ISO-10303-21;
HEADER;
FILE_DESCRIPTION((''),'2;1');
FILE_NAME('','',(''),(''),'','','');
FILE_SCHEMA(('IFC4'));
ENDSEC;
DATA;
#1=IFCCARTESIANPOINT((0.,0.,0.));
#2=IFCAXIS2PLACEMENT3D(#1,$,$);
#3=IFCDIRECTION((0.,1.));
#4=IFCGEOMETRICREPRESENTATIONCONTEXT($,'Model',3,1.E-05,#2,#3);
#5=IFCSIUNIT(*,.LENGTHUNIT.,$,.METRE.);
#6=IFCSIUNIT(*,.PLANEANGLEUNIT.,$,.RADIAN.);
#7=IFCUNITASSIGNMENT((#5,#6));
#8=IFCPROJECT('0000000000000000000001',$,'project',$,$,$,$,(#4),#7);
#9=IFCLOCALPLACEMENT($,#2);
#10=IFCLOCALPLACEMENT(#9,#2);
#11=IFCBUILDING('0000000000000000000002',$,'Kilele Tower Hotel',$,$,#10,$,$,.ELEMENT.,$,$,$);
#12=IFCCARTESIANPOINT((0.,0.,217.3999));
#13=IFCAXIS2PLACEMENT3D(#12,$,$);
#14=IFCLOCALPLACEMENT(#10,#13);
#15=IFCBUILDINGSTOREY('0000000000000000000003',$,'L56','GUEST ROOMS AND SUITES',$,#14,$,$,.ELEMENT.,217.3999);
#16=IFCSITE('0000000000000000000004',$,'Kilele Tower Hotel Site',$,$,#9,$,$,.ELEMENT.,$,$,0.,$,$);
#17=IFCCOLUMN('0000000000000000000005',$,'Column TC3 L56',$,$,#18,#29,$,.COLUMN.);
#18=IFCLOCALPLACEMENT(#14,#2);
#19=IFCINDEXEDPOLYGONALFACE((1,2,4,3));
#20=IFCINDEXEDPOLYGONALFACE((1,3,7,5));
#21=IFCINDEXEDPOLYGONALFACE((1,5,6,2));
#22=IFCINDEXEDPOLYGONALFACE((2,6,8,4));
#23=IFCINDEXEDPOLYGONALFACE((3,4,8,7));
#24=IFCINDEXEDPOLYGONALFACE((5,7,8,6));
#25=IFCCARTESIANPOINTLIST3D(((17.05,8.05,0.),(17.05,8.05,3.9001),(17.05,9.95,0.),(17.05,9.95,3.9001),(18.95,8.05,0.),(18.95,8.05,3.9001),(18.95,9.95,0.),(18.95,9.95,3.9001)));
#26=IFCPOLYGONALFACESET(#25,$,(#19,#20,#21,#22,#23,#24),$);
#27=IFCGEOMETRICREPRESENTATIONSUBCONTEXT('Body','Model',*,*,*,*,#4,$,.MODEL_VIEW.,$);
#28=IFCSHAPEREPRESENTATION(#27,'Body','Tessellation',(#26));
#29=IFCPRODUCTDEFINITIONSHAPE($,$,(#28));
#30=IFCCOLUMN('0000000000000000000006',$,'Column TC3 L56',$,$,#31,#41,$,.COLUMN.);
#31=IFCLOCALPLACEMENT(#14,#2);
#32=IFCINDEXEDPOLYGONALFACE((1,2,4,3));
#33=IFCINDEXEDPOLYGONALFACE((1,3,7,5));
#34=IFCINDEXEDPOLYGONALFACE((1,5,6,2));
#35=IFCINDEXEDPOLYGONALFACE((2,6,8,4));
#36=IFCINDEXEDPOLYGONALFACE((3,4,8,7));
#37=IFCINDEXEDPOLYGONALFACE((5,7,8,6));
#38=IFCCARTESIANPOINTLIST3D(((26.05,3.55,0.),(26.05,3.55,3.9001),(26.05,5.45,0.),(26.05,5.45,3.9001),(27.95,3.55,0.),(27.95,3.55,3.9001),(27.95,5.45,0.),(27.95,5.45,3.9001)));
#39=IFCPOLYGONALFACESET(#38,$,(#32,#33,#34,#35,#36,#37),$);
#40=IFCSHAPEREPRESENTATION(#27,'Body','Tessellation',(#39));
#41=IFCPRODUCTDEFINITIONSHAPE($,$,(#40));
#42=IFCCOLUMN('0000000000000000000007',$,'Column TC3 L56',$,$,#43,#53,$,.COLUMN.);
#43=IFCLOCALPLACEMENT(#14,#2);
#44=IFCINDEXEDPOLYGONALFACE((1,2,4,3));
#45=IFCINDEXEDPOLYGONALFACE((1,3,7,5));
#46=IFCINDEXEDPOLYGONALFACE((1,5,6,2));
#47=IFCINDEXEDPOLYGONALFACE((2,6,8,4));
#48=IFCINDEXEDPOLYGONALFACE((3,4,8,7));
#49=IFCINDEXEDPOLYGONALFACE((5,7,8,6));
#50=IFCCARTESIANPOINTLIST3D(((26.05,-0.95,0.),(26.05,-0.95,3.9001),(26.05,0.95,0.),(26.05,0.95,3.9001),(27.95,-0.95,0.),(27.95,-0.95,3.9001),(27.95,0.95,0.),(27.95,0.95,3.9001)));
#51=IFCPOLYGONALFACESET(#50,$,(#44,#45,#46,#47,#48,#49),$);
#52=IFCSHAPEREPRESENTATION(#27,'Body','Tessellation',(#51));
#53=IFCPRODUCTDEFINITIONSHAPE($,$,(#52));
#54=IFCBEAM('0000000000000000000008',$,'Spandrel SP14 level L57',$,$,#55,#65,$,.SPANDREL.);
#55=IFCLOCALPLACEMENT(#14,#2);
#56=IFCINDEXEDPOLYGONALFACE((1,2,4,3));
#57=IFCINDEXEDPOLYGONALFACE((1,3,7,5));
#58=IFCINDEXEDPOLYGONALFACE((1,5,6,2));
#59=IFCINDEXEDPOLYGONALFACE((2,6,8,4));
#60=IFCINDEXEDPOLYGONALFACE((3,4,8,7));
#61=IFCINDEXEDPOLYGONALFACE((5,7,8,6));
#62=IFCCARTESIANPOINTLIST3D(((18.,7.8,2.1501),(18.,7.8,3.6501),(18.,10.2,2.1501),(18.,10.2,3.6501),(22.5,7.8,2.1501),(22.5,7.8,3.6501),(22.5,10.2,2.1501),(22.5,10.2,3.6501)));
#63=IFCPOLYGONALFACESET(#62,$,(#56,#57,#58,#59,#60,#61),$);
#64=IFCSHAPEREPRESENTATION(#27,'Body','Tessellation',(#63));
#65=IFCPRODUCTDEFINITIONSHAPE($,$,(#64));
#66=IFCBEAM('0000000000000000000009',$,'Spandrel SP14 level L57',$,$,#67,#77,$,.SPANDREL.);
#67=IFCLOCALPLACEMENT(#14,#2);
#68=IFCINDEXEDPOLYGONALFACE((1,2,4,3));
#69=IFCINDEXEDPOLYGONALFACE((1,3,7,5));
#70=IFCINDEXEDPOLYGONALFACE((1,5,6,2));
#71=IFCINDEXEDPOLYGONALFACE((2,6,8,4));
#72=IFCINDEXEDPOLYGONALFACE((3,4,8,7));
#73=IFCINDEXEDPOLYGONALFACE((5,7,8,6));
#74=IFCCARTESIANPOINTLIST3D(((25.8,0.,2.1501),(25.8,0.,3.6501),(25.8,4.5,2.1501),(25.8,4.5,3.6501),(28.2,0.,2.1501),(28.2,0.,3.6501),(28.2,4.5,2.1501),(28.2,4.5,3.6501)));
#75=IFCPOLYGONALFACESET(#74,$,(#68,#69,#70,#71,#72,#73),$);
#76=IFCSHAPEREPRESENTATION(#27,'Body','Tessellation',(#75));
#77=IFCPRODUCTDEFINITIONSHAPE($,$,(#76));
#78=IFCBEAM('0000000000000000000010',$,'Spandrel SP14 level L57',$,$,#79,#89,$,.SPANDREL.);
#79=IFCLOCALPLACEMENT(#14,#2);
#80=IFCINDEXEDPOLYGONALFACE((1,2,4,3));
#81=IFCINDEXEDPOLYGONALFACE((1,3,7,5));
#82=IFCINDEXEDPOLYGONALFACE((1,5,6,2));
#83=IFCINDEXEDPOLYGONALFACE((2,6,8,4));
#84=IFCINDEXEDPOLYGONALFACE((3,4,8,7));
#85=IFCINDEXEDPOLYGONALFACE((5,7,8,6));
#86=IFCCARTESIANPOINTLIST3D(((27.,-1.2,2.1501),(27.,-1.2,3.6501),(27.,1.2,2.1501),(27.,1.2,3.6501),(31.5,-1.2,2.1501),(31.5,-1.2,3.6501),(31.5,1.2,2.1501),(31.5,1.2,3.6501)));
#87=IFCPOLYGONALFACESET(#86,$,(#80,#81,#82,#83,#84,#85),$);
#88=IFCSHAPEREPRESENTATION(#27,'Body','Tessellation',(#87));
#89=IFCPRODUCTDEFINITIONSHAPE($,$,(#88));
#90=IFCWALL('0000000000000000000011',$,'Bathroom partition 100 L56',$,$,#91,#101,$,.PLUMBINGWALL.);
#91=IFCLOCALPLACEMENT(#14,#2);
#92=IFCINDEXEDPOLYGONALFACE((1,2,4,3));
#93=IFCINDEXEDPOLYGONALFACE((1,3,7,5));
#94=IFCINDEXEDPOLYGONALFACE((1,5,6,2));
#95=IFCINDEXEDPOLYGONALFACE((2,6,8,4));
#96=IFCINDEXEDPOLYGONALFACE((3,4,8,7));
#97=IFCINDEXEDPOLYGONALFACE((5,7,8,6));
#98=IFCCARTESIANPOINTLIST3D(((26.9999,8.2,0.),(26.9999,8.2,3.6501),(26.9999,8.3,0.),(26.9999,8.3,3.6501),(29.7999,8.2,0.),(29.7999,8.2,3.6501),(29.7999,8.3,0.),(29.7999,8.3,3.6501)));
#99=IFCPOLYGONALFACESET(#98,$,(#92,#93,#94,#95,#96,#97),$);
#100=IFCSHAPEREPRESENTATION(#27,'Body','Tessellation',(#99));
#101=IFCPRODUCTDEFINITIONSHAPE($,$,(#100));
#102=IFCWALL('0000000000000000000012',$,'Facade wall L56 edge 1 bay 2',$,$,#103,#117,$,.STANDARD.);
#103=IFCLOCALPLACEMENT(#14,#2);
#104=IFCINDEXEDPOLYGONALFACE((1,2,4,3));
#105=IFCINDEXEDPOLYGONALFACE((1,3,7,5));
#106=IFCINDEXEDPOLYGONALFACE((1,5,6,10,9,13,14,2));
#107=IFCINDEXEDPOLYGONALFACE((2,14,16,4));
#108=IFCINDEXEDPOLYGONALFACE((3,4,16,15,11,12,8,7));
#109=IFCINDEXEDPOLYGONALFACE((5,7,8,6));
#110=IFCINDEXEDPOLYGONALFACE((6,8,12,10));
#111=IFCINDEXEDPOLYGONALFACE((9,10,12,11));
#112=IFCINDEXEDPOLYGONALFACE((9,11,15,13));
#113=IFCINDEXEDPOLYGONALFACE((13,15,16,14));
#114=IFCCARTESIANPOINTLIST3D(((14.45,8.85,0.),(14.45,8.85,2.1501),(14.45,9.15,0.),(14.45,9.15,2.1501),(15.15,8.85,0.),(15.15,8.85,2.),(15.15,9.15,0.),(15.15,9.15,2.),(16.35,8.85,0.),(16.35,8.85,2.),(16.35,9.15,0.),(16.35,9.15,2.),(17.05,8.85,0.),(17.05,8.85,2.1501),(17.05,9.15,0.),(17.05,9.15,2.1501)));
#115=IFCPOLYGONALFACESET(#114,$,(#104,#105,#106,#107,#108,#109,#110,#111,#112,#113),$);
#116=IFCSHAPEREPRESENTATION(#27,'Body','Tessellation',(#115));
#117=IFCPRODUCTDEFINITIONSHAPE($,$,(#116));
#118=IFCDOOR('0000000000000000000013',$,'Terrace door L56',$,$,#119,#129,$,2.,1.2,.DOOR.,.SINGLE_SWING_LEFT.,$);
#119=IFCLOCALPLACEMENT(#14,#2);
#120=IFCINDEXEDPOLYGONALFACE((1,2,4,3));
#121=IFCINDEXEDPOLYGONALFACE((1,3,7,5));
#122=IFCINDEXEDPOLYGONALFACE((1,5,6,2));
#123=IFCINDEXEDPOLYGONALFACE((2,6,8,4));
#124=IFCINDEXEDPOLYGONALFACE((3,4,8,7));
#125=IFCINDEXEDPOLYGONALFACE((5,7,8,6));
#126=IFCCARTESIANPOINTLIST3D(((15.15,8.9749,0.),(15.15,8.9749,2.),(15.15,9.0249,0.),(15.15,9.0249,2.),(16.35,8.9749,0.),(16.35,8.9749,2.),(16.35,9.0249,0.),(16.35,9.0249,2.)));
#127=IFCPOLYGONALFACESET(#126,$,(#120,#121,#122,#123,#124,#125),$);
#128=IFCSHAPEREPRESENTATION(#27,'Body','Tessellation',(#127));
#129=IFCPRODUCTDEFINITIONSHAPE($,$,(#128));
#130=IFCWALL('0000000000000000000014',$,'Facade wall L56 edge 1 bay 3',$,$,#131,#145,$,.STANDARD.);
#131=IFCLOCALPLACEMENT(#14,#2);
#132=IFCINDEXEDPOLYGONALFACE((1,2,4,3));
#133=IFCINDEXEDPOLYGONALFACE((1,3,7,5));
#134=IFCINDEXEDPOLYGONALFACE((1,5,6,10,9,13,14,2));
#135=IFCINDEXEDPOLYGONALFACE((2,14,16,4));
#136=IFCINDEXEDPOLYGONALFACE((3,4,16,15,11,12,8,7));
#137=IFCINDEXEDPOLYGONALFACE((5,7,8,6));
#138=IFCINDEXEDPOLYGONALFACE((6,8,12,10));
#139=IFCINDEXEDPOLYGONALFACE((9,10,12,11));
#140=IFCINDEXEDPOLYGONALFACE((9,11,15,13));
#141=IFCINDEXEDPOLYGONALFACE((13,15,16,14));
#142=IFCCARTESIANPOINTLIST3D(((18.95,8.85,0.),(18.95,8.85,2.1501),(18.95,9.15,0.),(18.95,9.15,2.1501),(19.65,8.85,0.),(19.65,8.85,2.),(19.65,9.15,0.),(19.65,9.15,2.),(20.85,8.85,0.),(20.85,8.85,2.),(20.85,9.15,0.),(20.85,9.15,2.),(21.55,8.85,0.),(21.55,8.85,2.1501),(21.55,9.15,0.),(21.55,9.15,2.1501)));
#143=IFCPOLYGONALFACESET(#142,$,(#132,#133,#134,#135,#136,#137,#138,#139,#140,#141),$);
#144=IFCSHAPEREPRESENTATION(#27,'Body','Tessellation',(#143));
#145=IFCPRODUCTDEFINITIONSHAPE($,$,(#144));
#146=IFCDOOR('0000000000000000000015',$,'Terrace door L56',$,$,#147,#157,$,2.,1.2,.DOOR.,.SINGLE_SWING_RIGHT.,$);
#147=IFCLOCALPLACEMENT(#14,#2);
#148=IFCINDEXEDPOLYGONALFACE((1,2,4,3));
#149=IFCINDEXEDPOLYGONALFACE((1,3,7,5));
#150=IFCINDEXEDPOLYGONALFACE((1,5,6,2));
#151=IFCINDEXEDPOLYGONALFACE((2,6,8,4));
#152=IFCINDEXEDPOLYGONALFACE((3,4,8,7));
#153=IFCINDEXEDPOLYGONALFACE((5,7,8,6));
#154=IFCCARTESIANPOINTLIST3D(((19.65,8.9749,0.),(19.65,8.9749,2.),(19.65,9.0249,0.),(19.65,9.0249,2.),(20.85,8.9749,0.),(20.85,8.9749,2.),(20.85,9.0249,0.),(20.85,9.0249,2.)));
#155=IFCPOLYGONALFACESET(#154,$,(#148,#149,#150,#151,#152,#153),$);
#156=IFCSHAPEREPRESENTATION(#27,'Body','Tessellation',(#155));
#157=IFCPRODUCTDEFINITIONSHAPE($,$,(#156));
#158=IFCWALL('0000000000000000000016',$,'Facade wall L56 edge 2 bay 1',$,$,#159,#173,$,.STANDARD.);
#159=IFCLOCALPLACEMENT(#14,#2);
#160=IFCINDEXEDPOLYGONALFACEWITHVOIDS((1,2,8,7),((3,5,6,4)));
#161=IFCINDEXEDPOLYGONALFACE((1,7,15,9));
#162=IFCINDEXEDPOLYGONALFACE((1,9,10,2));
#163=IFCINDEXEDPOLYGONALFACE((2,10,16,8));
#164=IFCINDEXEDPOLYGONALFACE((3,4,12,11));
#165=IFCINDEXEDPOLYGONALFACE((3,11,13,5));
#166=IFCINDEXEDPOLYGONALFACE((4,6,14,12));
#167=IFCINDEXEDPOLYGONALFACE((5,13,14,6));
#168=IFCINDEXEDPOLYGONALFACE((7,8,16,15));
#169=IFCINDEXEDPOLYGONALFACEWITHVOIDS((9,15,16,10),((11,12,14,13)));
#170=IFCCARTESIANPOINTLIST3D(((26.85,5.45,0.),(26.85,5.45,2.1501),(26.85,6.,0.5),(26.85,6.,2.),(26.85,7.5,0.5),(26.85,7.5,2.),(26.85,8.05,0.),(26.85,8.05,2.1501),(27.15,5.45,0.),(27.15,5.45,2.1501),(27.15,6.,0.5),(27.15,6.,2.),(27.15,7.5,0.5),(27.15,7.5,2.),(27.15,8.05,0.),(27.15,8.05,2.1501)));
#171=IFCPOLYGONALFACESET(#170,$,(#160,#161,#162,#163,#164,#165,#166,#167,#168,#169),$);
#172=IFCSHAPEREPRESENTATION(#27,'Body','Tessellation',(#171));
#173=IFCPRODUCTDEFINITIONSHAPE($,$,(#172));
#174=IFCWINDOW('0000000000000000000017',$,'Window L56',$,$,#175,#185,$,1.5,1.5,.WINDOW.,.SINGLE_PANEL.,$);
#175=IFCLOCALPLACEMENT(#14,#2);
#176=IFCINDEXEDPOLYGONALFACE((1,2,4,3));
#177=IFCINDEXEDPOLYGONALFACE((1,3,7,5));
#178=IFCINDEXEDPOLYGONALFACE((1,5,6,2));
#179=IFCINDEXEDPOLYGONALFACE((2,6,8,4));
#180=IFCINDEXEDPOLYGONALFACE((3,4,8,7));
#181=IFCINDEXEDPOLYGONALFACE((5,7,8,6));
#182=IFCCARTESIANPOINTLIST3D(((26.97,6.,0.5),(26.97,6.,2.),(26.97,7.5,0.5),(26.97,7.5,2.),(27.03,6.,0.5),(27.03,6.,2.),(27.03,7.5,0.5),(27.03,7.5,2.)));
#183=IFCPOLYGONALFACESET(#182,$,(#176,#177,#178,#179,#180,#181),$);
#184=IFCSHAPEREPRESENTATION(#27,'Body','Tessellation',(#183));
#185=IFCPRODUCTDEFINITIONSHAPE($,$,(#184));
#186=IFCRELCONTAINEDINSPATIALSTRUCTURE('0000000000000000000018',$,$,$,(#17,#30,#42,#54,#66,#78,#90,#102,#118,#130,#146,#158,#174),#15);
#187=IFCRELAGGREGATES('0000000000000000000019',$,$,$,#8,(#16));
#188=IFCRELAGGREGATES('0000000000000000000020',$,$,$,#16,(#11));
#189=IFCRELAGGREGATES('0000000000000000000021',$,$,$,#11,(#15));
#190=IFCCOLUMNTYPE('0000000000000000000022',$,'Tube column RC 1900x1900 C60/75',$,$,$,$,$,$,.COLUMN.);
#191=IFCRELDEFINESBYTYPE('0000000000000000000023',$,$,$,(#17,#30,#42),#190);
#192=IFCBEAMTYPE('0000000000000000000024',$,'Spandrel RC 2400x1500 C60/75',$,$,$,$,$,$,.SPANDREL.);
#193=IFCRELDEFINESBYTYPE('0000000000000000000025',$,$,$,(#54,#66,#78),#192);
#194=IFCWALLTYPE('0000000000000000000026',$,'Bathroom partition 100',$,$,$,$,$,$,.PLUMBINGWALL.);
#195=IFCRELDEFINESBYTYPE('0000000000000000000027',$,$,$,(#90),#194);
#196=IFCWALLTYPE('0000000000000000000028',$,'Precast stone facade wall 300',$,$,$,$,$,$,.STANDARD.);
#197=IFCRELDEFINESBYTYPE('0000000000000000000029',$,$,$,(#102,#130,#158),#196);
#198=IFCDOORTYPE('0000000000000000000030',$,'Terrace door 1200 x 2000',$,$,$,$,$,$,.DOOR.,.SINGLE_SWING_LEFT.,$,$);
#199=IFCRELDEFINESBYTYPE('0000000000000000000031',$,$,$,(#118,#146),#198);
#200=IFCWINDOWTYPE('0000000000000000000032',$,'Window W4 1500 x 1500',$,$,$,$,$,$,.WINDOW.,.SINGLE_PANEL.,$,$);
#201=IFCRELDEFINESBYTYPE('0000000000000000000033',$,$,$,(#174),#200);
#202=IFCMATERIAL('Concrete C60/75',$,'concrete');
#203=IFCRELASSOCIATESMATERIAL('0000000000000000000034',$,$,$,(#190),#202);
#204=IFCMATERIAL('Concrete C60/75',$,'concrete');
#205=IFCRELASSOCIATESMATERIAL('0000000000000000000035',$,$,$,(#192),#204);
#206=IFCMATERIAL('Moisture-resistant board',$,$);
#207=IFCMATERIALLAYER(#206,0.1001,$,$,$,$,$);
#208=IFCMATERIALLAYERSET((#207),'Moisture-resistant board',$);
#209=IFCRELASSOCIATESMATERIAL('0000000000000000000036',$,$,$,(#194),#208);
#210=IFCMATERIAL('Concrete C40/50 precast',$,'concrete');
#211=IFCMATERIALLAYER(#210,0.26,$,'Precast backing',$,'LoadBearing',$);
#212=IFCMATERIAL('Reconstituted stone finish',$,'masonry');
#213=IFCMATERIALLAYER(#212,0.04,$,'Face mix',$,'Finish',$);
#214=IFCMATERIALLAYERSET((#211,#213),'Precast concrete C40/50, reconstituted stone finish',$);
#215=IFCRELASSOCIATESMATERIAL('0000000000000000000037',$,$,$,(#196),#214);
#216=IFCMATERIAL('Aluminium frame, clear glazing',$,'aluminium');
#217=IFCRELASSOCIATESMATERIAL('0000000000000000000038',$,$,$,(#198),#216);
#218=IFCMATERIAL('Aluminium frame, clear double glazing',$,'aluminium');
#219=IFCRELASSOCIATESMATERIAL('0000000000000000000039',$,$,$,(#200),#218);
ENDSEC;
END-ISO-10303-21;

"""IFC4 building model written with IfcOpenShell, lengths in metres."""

from ifc_helpers import new_model, si_unit, direction, frame, frame_2d, origin, origin_2d, place, context, subcontext, project, spatial, rectangle, extrude, material, layer, layer_set, material_profile, profile_set, type_object, element, fill, save


model = new_model("IFC4")

# Units and contexts
model_context = context("Model", 3, precision=1e-05, world=origin(), true_north=direction((0.0, 1.0)))
body_context = subcontext(model_context, "Body", "Model", "MODEL_VIEW")
ifc_project = project(units=[si_unit("LENGTHUNIT", "METRE"), si_unit("PLANEANGLEUNIT", "RADIAN")], contexts=[model_context])

# Site, building, storey
site_placement = place(None, origin())
site = spatial("IfcSite", under=ifc_project, at=site_placement, Name="Kilele Tower Hotel Site", CompositionType="ELEMENT", RefElevation=0.0)
building_placement = place(site_placement, origin())
building = spatial("IfcBuilding", under=site, at=building_placement, Name="Kilele Tower Hotel", CompositionType="ELEMENT")
storey_placement = place(building_placement, frame((0.0, 0.0, 217.3999)))
storey = spatial("IfcBuildingStorey", under=building, at=storey_placement, Name="L56", Description="GUEST ROOMS AND SUITES", CompositionType="ELEMENT", Elevation=217.3999)

# Columns
ifc_material_1 = material(Name="Concrete C60/75", Category="concrete")
ifc_material_profile_1 = material_profile(ifc_material_1, rectangle(XDim=1.8999, YDim=1.8999, at=origin_2d()))
ifc_profile_set_1 = profile_set([ifc_material_profile_1], Name="Concrete C60/75")
column_type = type_object("IfcColumnType", Name="Tube column RC 1900x1900 C60/75", PredefinedType="COLUMN", material=ifc_profile_set_1)
for number, where, z_axis, x_axis, name in (
    (1, (18.0, 9.0, 0.0), (0.0, 0.0, 1.0), (1.0, 0.0, 0.0), "Column TC3 L56"),
    (2, (27.0, 4.5, 0.0), (0.0, 0.0, 1.0), (1.0, 0.0, 0.0), "Column TC3 L56"),
    (3, (27.0, 0.0, 0.0), (0.0, 0.0, 1.0), (1.0, 0.0, 0.0), "Column TC3 L56"),
):
    element("IfcColumn", number, at=place(storey_placement, frame(where, z_axis=z_axis, x_axis=x_axis)), inside=storey, type_object=column_type, Name=name, PredefinedType="COLUMN", context=body_context, shape_type="SweptSolid", body=[
        extrude(rectangle(XDim=1.8999, YDim=1.8999, at=origin_2d()), origin(), (0.0, 0.0, 1.0), 3.9001),
    ])

# Beams
ifc_material_2 = material(Name="Concrete C60/75", Category="concrete")
ifc_material_profile_2 = material_profile(ifc_material_2, rectangle(XDim=2.3999, YDim=1.5, at=origin_2d()))
ifc_profile_set_2 = profile_set([ifc_material_profile_2], Name="Concrete C60/75")
beam_type = type_object("IfcBeamType", Name="Spandrel RC 2400x1500 C60/75", PredefinedType="SPANDREL", material=ifc_profile_set_2)
for number, where, z_axis, x_axis, name in (
    (4, (18.0, 9.0, 2.9001), (1.0, 0.0, 0.0), (0.0, 1.0, 0.0), "Spandrel SP14 level L57"),
    (5, (27.0, 4.5, 2.9001), (0.0, -1.0, 0.0), (1.0, 0.0, 0.0), "Spandrel SP14 level L57"),
    (6, (27.0, 0.0, 2.9001), (1.0, 0.0, 0.0), (0.0, 1.0, 0.0), "Spandrel SP14 level L57"),
):
    element("IfcBeam", number, at=place(storey_placement, frame(where, z_axis=z_axis, x_axis=x_axis)), inside=storey, type_object=beam_type, Name=name, PredefinedType="SPANDREL", context=body_context, shape_type="SweptSolid", body=[
        extrude(rectangle(XDim=2.3999, YDim=1.5, at=origin_2d()), origin(), (0.0, 0.0, 1.0), 4.5),
    ])

# Wall
ifc_material_3 = material(Name="Moisture-resistant board")
ifc_layer_1 = layer(ifc_material_3, 0.1001)
ifc_layer_set_1 = layer_set([ifc_layer_1], Name="Moisture-resistant board")
wall_type_1 = type_object("IfcWallType", Name="Bathroom partition 100", PredefinedType="PLUMBINGWALL", material=ifc_layer_set_1)
wall_1_placement = place(storey_placement, frame((27.0, 8.25, 0.0), z_axis=(0.0, 0.0, 1.0), x_axis=(1.0, 0.0, 0.0)))
element("IfcWall", 7, at=wall_1_placement, inside=storey, type_object=wall_type_1, Name="Bathroom partition 100 L56", PredefinedType="PLUMBINGWALL", context=body_context, shape_type="SweptSolid", body=[
    extrude(rectangle(XDim=2.8, YDim=0.1001, at=frame_2d((1.3999, 0.0))), origin(), (0.0, 0.0, 1.0), 3.6501),
])

# Walls, openings, doors
ifc_material_4 = material(Name="Concrete C40/50 precast", Category="concrete")
ifc_layer_2 = layer(ifc_material_4, 0.26, Name="Precast backing", Category="LoadBearing")
ifc_material_5 = material(Name="Reconstituted stone finish", Category="masonry")
ifc_layer_3 = layer(ifc_material_5, 0.04, Name="Face mix", Category="Finish")
ifc_layer_set_2 = layer_set([ifc_layer_2, ifc_layer_3], Name="Precast concrete C40/50, reconstituted stone finish")
wall_type_2 = type_object("IfcWallType", Name="Precast stone facade wall 300", PredefinedType="STANDARD", material=ifc_layer_set_2)
wall_2_placement = place(storey_placement, frame((14.45, 9.0, 0.0), z_axis=(0.0, 0.0, 1.0), x_axis=(1.0, 0.0, 0.0)))
wall_2 = element("IfcWall", 8, at=wall_2_placement, inside=storey, type_object=wall_type_2, Name="Facade wall L56 edge 1 bay 2", PredefinedType="STANDARD", context=body_context, shape_type="SweptSolid", body=[
    extrude(rectangle(XDim=2.6001, YDim=0.3, at=frame_2d((1.3, 0.0))), origin(), (0.0, 0.0, 1.0), 2.1501),
])
opening_1_placement = place(wall_2_placement, frame((0.7, 0.0, 0.0)))
opening_1 = element("IfcOpeningElement", 9, at=opening_1_placement, cuts=wall_2, PredefinedType="OPENING", context=body_context, shape_type="SweptSolid", body=[
    extrude(rectangle(XDim=1.2, YDim=2.0, at=frame_2d((0.6001, 1.0))), frame((0.0, 0.1599, 0.0), z_axis=(0.0, -1.0, 0.0), x_axis=(1.0, 0.0, 0.0)), (0.0, 0.0, 1.0), 0.3201),
])
ifc_material_6 = material(Name="Aluminium frame, clear glazing", Category="aluminium")
door_type = type_object("IfcDoorType", Name="Terrace door 1200 x 2000", OperationType="SINGLE_SWING_LEFT", PredefinedType="DOOR", material=ifc_material_6)
door_1_placement = place(opening_1_placement, origin())
door_1 = element("IfcDoor", 10, at=door_1_placement, inside=storey, type_object=door_type, Name="Terrace door L56", OperationType="SINGLE_SWING_LEFT", OverallHeight=2.0, OverallWidth=1.2, PredefinedType="DOOR", context=body_context, shape_type="SweptSolid", body=[
    extrude(rectangle(XDim=1.2, YDim=2.0, at=frame_2d((0.6001, 1.0))), frame((0.0, 0.0249, 0.0), z_axis=(0.0, -1.0, 0.0), x_axis=(1.0, 0.0, 0.0)), (0.0, 0.0, 1.0), 0.05),
])
fill(opening_1, door_1)
wall_3_placement = place(storey_placement, frame((18.95, 9.0, 0.0), z_axis=(0.0, 0.0, 1.0), x_axis=(1.0, 0.0, 0.0)))
wall_3 = element("IfcWall", 11, at=wall_3_placement, inside=storey, type_object=wall_type_2, Name="Facade wall L56 edge 1 bay 3", PredefinedType="STANDARD", context=body_context, shape_type="SweptSolid", body=[
    extrude(rectangle(XDim=2.6001, YDim=0.3, at=frame_2d((1.3, 0.0))), origin(), (0.0, 0.0, 1.0), 2.1501),
])
opening_2_placement = place(wall_3_placement, frame((0.7, 0.0, 0.0)))
opening_2 = element("IfcOpeningElement", 12, at=opening_2_placement, cuts=wall_3, PredefinedType="OPENING", context=body_context, shape_type="SweptSolid", body=[
    extrude(rectangle(XDim=1.2, YDim=2.0, at=frame_2d((0.6001, 1.0))), frame((0.0, 0.1599, 0.0), z_axis=(0.0, -1.0, 0.0), x_axis=(1.0, 0.0, 0.0)), (0.0, 0.0, 1.0), 0.3201),
])
door_2_placement = place(opening_2_placement, origin())
door_2 = element("IfcDoor", 13, at=door_2_placement, inside=storey, type_object=door_type, Name="Terrace door L56", OperationType="SINGLE_SWING_RIGHT", OverallHeight=2.0, OverallWidth=1.2, PredefinedType="DOOR", context=body_context, shape_type="SweptSolid", body=[
    extrude(rectangle(XDim=1.2, YDim=2.0, at=frame_2d((0.6001, 1.0))), frame((0.0, 0.0249, 0.0), z_axis=(0.0, -1.0, 0.0), x_axis=(1.0, 0.0, 0.0)), (0.0, 0.0, 1.0), 0.05),
])
fill(opening_2, door_2)

# Wall, opening, window
wall_4_placement = place(storey_placement, frame((27.0, 8.05, 0.0), z_axis=(0.0, 0.0, 1.0), x_axis=(0.0, -1.0, 0.0)))
wall_4 = element("IfcWall", 14, at=wall_4_placement, inside=storey, type_object=wall_type_2, Name="Facade wall L56 edge 2 bay 1", PredefinedType="STANDARD", context=body_context, shape_type="SweptSolid", body=[
    extrude(rectangle(XDim=2.6001, YDim=0.3, at=frame_2d((1.3, 0.0))), origin(), (0.0, 0.0, 1.0), 2.1501),
])
opening_3_placement = place(wall_4_placement, frame((0.55, 0.0, 0.5)))
opening_3 = element("IfcOpeningElement", 15, at=opening_3_placement, cuts=wall_4, PredefinedType="OPENING", context=body_context, shape_type="SweptSolid", body=[
    extrude(rectangle(XDim=1.5, YDim=1.5, at=frame_2d((0.75, 0.75))), frame((0.0, 0.1599, 0.0), z_axis=(0.0, -1.0, 0.0), x_axis=(1.0, 0.0, 0.0)), (0.0, 0.0, 1.0), 0.3201),
])
ifc_material_7 = material(Name="Aluminium frame, clear double glazing", Category="aluminium")
window_type = type_object("IfcWindowType", Name="Window W4 1500 x 1500", PartitioningType="SINGLE_PANEL", PredefinedType="WINDOW", material=ifc_material_7)
window_1_placement = place(opening_3_placement, origin())
window_1 = element("IfcWindow", 16, at=window_1_placement, inside=storey, type_object=window_type, Name="Window L56", OverallHeight=1.5, OverallWidth=1.5, PartitioningType="SINGLE_PANEL", PredefinedType="WINDOW", context=body_context, shape_type="SweptSolid", body=[
    extrude(rectangle(XDim=1.5, YDim=1.5, at=frame_2d((0.75, 0.75))), frame((0.0, 0.03, 0.0), z_axis=(0.0, -1.0, 0.0), x_axis=(1.0, 0.0, 0.0)), (0.0, 0.0, 1.0), 0.0601),
])
fill(opening_3, window_1)

save(model, "model.ifc")
